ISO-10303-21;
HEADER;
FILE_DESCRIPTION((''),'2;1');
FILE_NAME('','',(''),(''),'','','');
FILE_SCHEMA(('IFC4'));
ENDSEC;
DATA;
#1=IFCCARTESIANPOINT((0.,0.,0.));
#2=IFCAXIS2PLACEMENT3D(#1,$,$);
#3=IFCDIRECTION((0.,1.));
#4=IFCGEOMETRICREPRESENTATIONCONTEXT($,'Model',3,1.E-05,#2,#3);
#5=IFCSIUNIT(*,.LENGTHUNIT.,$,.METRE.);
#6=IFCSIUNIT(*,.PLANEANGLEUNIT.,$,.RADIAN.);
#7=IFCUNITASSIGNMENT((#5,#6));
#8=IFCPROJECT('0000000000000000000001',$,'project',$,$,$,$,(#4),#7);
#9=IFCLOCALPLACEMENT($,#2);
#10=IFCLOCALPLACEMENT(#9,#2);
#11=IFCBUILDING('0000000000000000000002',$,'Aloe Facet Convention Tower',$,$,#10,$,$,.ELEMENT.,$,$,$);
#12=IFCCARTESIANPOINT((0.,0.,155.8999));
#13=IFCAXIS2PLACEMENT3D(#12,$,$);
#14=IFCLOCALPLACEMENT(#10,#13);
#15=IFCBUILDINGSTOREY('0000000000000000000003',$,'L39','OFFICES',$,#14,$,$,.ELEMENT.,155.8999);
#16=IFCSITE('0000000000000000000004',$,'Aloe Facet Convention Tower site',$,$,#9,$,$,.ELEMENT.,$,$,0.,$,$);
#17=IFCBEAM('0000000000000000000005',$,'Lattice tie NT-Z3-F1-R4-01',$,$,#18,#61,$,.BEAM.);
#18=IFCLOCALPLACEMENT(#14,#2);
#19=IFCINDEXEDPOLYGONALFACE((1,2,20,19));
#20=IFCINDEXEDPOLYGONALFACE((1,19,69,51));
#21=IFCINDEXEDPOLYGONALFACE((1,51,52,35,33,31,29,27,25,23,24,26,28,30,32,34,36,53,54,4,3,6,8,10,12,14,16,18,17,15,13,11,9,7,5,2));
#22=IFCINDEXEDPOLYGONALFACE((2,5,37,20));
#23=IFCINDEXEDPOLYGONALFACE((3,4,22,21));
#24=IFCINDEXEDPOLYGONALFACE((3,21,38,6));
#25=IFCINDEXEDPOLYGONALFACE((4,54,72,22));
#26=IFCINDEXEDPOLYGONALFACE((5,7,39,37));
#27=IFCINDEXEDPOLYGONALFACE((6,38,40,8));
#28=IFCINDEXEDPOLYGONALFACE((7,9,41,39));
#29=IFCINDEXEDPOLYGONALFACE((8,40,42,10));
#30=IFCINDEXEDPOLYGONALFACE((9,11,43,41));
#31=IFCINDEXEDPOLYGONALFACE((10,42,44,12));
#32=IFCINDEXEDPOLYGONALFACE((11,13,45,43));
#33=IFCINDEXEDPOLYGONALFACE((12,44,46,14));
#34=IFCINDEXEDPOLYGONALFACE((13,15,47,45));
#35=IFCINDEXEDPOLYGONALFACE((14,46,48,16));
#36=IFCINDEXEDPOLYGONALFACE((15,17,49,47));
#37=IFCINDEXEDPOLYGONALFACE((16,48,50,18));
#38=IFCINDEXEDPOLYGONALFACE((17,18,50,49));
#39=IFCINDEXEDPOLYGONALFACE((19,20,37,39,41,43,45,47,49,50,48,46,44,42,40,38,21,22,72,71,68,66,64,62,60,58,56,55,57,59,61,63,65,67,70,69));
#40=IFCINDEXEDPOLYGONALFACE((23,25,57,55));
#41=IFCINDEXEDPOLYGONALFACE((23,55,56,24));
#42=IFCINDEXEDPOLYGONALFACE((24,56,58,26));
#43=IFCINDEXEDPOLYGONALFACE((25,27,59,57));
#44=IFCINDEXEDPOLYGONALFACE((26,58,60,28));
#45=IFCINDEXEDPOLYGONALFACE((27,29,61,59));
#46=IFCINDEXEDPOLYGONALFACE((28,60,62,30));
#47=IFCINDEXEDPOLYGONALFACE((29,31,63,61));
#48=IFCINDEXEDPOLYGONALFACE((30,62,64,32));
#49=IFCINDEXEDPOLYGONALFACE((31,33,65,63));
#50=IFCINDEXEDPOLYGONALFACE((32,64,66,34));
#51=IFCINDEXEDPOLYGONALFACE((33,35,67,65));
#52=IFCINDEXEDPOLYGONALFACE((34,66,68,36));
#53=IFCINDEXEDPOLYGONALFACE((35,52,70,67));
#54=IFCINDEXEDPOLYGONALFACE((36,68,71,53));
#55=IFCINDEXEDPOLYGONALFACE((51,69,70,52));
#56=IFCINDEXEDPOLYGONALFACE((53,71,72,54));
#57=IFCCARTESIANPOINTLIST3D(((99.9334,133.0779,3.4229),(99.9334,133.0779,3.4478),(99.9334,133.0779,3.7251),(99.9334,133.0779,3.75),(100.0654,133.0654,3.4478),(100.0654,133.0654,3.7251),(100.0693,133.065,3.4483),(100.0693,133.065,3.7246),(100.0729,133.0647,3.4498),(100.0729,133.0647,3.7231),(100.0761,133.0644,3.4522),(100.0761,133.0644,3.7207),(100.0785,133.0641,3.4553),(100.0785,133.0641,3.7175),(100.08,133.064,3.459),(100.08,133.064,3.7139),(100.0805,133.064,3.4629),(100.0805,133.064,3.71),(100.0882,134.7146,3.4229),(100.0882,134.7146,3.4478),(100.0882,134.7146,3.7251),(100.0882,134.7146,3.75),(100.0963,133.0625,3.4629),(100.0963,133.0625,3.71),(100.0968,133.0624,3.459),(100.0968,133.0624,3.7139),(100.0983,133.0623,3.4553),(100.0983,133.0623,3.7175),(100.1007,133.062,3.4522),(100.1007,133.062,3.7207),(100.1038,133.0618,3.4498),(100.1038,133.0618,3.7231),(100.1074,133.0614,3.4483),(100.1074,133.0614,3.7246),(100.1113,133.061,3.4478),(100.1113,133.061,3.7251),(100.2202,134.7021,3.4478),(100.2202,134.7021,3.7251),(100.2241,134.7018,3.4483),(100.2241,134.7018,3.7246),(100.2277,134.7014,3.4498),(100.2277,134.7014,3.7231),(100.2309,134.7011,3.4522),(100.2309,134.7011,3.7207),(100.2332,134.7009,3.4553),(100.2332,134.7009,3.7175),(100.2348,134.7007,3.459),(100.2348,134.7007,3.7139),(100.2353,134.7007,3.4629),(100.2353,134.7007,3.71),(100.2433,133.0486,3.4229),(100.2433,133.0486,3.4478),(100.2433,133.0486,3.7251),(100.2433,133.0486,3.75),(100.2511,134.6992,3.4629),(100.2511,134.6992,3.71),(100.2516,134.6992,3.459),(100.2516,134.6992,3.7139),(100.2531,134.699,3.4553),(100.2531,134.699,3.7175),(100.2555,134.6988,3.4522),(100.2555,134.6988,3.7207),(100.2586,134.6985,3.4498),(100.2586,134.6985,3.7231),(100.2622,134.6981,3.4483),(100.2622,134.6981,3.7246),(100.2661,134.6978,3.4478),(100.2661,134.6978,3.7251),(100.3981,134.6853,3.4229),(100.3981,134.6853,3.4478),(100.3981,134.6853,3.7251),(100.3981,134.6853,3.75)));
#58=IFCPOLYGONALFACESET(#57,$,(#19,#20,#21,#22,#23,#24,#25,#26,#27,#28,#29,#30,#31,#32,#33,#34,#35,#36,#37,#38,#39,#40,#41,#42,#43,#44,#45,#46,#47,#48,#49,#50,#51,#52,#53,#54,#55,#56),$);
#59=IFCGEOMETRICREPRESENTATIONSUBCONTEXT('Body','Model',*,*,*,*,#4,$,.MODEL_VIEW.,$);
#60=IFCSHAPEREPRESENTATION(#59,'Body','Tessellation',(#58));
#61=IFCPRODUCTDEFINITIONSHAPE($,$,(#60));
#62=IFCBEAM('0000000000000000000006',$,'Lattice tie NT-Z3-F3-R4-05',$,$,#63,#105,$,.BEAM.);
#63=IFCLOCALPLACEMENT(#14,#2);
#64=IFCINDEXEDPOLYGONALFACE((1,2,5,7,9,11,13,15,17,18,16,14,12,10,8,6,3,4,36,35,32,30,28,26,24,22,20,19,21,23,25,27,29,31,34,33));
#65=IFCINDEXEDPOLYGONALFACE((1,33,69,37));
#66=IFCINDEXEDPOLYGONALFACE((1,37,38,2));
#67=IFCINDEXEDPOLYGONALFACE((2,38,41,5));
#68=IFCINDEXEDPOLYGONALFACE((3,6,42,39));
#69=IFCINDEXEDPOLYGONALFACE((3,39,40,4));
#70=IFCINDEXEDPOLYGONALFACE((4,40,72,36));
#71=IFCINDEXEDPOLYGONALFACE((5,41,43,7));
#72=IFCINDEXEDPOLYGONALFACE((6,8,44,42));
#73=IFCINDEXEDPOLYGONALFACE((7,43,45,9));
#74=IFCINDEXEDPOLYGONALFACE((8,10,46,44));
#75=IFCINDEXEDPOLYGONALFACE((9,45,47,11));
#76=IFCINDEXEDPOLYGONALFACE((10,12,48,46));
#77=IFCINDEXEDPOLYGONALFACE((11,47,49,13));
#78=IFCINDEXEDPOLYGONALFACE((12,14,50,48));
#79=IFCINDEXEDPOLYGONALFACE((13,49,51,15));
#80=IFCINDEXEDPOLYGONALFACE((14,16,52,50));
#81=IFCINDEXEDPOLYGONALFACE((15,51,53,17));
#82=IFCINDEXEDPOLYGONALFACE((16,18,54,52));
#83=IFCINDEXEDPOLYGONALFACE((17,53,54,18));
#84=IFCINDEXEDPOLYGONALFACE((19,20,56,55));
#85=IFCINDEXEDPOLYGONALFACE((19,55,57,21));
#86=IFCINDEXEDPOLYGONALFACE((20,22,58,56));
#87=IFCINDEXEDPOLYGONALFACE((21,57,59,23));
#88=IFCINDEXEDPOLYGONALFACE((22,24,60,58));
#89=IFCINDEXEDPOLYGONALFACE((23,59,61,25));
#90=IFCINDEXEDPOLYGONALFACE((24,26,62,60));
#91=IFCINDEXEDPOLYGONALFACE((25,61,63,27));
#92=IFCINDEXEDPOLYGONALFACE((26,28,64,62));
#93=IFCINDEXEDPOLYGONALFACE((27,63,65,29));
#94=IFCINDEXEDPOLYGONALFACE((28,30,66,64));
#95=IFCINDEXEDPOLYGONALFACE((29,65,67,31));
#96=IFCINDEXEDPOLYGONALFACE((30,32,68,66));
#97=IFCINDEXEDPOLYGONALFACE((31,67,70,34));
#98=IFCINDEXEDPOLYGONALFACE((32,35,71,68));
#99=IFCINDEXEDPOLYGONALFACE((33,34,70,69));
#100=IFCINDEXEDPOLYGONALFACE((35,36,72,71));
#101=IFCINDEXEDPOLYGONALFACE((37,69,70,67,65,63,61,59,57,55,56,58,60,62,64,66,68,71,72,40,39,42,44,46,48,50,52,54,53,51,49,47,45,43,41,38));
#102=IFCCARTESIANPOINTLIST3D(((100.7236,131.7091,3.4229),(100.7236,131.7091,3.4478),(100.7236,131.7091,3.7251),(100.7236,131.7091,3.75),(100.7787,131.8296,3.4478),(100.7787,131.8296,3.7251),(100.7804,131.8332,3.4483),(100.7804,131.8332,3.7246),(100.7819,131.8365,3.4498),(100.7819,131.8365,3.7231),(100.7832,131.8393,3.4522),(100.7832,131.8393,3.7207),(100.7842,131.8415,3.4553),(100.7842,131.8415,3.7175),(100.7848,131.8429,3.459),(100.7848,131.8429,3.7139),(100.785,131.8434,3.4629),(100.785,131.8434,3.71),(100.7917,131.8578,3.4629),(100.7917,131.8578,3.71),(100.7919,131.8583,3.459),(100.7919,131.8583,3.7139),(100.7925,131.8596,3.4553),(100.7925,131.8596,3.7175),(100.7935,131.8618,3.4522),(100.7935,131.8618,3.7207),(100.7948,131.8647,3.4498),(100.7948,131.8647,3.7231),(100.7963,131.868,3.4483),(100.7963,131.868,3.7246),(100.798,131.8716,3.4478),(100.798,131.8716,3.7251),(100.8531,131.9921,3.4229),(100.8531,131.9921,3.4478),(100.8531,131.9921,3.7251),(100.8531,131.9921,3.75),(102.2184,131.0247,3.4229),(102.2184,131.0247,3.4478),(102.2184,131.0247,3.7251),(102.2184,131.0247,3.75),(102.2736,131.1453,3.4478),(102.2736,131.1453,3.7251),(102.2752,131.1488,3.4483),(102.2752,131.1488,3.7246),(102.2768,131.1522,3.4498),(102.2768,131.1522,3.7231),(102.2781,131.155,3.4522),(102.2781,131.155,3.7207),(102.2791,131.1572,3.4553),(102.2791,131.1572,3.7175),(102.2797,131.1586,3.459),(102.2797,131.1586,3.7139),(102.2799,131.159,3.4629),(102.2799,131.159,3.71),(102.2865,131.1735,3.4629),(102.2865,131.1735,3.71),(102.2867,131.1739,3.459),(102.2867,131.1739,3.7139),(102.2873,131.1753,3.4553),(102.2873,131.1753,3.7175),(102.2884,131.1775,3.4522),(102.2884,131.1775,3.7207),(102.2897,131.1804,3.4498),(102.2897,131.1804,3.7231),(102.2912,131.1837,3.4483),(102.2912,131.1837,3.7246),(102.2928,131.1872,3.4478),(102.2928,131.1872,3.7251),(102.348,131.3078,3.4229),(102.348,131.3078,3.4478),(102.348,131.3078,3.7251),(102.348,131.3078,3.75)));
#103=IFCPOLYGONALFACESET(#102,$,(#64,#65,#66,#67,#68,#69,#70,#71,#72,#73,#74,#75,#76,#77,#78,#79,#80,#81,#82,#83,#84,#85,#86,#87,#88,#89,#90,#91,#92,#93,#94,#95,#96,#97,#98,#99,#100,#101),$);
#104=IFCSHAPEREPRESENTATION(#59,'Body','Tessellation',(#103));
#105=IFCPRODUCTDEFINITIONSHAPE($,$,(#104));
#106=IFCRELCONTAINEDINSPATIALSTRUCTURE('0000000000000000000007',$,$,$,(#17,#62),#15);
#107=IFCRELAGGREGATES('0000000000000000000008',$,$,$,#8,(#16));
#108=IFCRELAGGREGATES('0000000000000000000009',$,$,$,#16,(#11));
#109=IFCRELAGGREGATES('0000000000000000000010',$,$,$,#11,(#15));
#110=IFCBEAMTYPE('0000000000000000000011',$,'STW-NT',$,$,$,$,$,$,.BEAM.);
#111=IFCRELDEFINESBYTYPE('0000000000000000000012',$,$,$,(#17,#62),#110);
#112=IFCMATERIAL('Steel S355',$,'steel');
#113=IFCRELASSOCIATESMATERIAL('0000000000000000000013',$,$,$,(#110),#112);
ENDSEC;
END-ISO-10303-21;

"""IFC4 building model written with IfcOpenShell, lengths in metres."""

from ifc_helpers import new_model, si_unit, direction, frame, origin, origin_2d, place, context, subcontext, project, spatial, i_section, extrude, material, material_profile, profile_set, type_object, element, save


model = new_model("IFC4")

# Units and contexts
model_context = context("Model", 3, precision=1e-05, world=origin(), true_north=direction((0.0, 1.0)))
body_context = subcontext(model_context, "Body", "Model", "MODEL_VIEW")
ifc_project = project(units=[si_unit("LENGTHUNIT", "METRE"), si_unit("PLANEANGLEUNIT", "RADIAN")], contexts=[model_context])

# Site, building, storey
site_placement = place(None, origin())
site = spatial("IfcSite", under=ifc_project, at=site_placement, Name="Aloe Facet Convention Tower site", CompositionType="ELEMENT", RefElevation=0.0)
building_placement = place(site_placement, origin())
building = spatial("IfcBuilding", under=site, at=building_placement, Name="Aloe Facet Convention Tower", CompositionType="ELEMENT")
storey_placement = place(building_placement, frame((0.0, 0.0, 155.8999)))
storey = spatial("IfcBuildingStorey", under=building, at=storey_placement, Name="L39", Description="OFFICES", CompositionType="ELEMENT", Elevation=155.8999)

# Beams
ifc_material_1 = material(Name="Steel S355", Category="steel")
ifc_material_profile_1 = material_profile(ifc_material_1, i_section(OverallWidth=0.3113, OverallDepth=0.3271, WebThickness=0.0159, FlangeThickness=0.0249, FilletRadius=0.0151, at=origin_2d()), Name="UC 305x305x158")
ifc_profile_set_1 = profile_set([ifc_material_profile_1], Name="Steel S355")
beam_type_1 = type_object("IfcBeamType", Name="STW-NT", PredefinedType="BEAM", material=ifc_profile_set_1)
for number, where, z_axis, x_axis, name in (
    (1, (100.2432, 134.7, 3.5864), (-0.09415, -0.995558, 0.0), (0.995558, -0.09415, 0.0), "Lattice tie NT-Z3-F1-R4-01"),
    (2, (102.2832, 131.1663, 3.5864), (-0.909255, 0.41624, 0.0), (-0.41624, -0.909255, 0.0), "Lattice tie NT-Z3-F3-R4-05"),
):
    element("IfcBeam", number, at=place(storey_placement, frame(where, z_axis=z_axis, x_axis=x_axis)), inside=storey, type_object=beam_type_1, Name=name, PredefinedType="BEAM", context=body_context, shape_type="SweptSolid", body=[
        extrude(i_section(OverallWidth=0.3113, OverallDepth=0.3271, WebThickness=0.0159, FlangeThickness=0.0249, FilletRadius=0.0151, at=origin_2d()), origin(), (0.0, 0.0, 1.0), 1.644),
    ])

save(model, "model.ifc")
